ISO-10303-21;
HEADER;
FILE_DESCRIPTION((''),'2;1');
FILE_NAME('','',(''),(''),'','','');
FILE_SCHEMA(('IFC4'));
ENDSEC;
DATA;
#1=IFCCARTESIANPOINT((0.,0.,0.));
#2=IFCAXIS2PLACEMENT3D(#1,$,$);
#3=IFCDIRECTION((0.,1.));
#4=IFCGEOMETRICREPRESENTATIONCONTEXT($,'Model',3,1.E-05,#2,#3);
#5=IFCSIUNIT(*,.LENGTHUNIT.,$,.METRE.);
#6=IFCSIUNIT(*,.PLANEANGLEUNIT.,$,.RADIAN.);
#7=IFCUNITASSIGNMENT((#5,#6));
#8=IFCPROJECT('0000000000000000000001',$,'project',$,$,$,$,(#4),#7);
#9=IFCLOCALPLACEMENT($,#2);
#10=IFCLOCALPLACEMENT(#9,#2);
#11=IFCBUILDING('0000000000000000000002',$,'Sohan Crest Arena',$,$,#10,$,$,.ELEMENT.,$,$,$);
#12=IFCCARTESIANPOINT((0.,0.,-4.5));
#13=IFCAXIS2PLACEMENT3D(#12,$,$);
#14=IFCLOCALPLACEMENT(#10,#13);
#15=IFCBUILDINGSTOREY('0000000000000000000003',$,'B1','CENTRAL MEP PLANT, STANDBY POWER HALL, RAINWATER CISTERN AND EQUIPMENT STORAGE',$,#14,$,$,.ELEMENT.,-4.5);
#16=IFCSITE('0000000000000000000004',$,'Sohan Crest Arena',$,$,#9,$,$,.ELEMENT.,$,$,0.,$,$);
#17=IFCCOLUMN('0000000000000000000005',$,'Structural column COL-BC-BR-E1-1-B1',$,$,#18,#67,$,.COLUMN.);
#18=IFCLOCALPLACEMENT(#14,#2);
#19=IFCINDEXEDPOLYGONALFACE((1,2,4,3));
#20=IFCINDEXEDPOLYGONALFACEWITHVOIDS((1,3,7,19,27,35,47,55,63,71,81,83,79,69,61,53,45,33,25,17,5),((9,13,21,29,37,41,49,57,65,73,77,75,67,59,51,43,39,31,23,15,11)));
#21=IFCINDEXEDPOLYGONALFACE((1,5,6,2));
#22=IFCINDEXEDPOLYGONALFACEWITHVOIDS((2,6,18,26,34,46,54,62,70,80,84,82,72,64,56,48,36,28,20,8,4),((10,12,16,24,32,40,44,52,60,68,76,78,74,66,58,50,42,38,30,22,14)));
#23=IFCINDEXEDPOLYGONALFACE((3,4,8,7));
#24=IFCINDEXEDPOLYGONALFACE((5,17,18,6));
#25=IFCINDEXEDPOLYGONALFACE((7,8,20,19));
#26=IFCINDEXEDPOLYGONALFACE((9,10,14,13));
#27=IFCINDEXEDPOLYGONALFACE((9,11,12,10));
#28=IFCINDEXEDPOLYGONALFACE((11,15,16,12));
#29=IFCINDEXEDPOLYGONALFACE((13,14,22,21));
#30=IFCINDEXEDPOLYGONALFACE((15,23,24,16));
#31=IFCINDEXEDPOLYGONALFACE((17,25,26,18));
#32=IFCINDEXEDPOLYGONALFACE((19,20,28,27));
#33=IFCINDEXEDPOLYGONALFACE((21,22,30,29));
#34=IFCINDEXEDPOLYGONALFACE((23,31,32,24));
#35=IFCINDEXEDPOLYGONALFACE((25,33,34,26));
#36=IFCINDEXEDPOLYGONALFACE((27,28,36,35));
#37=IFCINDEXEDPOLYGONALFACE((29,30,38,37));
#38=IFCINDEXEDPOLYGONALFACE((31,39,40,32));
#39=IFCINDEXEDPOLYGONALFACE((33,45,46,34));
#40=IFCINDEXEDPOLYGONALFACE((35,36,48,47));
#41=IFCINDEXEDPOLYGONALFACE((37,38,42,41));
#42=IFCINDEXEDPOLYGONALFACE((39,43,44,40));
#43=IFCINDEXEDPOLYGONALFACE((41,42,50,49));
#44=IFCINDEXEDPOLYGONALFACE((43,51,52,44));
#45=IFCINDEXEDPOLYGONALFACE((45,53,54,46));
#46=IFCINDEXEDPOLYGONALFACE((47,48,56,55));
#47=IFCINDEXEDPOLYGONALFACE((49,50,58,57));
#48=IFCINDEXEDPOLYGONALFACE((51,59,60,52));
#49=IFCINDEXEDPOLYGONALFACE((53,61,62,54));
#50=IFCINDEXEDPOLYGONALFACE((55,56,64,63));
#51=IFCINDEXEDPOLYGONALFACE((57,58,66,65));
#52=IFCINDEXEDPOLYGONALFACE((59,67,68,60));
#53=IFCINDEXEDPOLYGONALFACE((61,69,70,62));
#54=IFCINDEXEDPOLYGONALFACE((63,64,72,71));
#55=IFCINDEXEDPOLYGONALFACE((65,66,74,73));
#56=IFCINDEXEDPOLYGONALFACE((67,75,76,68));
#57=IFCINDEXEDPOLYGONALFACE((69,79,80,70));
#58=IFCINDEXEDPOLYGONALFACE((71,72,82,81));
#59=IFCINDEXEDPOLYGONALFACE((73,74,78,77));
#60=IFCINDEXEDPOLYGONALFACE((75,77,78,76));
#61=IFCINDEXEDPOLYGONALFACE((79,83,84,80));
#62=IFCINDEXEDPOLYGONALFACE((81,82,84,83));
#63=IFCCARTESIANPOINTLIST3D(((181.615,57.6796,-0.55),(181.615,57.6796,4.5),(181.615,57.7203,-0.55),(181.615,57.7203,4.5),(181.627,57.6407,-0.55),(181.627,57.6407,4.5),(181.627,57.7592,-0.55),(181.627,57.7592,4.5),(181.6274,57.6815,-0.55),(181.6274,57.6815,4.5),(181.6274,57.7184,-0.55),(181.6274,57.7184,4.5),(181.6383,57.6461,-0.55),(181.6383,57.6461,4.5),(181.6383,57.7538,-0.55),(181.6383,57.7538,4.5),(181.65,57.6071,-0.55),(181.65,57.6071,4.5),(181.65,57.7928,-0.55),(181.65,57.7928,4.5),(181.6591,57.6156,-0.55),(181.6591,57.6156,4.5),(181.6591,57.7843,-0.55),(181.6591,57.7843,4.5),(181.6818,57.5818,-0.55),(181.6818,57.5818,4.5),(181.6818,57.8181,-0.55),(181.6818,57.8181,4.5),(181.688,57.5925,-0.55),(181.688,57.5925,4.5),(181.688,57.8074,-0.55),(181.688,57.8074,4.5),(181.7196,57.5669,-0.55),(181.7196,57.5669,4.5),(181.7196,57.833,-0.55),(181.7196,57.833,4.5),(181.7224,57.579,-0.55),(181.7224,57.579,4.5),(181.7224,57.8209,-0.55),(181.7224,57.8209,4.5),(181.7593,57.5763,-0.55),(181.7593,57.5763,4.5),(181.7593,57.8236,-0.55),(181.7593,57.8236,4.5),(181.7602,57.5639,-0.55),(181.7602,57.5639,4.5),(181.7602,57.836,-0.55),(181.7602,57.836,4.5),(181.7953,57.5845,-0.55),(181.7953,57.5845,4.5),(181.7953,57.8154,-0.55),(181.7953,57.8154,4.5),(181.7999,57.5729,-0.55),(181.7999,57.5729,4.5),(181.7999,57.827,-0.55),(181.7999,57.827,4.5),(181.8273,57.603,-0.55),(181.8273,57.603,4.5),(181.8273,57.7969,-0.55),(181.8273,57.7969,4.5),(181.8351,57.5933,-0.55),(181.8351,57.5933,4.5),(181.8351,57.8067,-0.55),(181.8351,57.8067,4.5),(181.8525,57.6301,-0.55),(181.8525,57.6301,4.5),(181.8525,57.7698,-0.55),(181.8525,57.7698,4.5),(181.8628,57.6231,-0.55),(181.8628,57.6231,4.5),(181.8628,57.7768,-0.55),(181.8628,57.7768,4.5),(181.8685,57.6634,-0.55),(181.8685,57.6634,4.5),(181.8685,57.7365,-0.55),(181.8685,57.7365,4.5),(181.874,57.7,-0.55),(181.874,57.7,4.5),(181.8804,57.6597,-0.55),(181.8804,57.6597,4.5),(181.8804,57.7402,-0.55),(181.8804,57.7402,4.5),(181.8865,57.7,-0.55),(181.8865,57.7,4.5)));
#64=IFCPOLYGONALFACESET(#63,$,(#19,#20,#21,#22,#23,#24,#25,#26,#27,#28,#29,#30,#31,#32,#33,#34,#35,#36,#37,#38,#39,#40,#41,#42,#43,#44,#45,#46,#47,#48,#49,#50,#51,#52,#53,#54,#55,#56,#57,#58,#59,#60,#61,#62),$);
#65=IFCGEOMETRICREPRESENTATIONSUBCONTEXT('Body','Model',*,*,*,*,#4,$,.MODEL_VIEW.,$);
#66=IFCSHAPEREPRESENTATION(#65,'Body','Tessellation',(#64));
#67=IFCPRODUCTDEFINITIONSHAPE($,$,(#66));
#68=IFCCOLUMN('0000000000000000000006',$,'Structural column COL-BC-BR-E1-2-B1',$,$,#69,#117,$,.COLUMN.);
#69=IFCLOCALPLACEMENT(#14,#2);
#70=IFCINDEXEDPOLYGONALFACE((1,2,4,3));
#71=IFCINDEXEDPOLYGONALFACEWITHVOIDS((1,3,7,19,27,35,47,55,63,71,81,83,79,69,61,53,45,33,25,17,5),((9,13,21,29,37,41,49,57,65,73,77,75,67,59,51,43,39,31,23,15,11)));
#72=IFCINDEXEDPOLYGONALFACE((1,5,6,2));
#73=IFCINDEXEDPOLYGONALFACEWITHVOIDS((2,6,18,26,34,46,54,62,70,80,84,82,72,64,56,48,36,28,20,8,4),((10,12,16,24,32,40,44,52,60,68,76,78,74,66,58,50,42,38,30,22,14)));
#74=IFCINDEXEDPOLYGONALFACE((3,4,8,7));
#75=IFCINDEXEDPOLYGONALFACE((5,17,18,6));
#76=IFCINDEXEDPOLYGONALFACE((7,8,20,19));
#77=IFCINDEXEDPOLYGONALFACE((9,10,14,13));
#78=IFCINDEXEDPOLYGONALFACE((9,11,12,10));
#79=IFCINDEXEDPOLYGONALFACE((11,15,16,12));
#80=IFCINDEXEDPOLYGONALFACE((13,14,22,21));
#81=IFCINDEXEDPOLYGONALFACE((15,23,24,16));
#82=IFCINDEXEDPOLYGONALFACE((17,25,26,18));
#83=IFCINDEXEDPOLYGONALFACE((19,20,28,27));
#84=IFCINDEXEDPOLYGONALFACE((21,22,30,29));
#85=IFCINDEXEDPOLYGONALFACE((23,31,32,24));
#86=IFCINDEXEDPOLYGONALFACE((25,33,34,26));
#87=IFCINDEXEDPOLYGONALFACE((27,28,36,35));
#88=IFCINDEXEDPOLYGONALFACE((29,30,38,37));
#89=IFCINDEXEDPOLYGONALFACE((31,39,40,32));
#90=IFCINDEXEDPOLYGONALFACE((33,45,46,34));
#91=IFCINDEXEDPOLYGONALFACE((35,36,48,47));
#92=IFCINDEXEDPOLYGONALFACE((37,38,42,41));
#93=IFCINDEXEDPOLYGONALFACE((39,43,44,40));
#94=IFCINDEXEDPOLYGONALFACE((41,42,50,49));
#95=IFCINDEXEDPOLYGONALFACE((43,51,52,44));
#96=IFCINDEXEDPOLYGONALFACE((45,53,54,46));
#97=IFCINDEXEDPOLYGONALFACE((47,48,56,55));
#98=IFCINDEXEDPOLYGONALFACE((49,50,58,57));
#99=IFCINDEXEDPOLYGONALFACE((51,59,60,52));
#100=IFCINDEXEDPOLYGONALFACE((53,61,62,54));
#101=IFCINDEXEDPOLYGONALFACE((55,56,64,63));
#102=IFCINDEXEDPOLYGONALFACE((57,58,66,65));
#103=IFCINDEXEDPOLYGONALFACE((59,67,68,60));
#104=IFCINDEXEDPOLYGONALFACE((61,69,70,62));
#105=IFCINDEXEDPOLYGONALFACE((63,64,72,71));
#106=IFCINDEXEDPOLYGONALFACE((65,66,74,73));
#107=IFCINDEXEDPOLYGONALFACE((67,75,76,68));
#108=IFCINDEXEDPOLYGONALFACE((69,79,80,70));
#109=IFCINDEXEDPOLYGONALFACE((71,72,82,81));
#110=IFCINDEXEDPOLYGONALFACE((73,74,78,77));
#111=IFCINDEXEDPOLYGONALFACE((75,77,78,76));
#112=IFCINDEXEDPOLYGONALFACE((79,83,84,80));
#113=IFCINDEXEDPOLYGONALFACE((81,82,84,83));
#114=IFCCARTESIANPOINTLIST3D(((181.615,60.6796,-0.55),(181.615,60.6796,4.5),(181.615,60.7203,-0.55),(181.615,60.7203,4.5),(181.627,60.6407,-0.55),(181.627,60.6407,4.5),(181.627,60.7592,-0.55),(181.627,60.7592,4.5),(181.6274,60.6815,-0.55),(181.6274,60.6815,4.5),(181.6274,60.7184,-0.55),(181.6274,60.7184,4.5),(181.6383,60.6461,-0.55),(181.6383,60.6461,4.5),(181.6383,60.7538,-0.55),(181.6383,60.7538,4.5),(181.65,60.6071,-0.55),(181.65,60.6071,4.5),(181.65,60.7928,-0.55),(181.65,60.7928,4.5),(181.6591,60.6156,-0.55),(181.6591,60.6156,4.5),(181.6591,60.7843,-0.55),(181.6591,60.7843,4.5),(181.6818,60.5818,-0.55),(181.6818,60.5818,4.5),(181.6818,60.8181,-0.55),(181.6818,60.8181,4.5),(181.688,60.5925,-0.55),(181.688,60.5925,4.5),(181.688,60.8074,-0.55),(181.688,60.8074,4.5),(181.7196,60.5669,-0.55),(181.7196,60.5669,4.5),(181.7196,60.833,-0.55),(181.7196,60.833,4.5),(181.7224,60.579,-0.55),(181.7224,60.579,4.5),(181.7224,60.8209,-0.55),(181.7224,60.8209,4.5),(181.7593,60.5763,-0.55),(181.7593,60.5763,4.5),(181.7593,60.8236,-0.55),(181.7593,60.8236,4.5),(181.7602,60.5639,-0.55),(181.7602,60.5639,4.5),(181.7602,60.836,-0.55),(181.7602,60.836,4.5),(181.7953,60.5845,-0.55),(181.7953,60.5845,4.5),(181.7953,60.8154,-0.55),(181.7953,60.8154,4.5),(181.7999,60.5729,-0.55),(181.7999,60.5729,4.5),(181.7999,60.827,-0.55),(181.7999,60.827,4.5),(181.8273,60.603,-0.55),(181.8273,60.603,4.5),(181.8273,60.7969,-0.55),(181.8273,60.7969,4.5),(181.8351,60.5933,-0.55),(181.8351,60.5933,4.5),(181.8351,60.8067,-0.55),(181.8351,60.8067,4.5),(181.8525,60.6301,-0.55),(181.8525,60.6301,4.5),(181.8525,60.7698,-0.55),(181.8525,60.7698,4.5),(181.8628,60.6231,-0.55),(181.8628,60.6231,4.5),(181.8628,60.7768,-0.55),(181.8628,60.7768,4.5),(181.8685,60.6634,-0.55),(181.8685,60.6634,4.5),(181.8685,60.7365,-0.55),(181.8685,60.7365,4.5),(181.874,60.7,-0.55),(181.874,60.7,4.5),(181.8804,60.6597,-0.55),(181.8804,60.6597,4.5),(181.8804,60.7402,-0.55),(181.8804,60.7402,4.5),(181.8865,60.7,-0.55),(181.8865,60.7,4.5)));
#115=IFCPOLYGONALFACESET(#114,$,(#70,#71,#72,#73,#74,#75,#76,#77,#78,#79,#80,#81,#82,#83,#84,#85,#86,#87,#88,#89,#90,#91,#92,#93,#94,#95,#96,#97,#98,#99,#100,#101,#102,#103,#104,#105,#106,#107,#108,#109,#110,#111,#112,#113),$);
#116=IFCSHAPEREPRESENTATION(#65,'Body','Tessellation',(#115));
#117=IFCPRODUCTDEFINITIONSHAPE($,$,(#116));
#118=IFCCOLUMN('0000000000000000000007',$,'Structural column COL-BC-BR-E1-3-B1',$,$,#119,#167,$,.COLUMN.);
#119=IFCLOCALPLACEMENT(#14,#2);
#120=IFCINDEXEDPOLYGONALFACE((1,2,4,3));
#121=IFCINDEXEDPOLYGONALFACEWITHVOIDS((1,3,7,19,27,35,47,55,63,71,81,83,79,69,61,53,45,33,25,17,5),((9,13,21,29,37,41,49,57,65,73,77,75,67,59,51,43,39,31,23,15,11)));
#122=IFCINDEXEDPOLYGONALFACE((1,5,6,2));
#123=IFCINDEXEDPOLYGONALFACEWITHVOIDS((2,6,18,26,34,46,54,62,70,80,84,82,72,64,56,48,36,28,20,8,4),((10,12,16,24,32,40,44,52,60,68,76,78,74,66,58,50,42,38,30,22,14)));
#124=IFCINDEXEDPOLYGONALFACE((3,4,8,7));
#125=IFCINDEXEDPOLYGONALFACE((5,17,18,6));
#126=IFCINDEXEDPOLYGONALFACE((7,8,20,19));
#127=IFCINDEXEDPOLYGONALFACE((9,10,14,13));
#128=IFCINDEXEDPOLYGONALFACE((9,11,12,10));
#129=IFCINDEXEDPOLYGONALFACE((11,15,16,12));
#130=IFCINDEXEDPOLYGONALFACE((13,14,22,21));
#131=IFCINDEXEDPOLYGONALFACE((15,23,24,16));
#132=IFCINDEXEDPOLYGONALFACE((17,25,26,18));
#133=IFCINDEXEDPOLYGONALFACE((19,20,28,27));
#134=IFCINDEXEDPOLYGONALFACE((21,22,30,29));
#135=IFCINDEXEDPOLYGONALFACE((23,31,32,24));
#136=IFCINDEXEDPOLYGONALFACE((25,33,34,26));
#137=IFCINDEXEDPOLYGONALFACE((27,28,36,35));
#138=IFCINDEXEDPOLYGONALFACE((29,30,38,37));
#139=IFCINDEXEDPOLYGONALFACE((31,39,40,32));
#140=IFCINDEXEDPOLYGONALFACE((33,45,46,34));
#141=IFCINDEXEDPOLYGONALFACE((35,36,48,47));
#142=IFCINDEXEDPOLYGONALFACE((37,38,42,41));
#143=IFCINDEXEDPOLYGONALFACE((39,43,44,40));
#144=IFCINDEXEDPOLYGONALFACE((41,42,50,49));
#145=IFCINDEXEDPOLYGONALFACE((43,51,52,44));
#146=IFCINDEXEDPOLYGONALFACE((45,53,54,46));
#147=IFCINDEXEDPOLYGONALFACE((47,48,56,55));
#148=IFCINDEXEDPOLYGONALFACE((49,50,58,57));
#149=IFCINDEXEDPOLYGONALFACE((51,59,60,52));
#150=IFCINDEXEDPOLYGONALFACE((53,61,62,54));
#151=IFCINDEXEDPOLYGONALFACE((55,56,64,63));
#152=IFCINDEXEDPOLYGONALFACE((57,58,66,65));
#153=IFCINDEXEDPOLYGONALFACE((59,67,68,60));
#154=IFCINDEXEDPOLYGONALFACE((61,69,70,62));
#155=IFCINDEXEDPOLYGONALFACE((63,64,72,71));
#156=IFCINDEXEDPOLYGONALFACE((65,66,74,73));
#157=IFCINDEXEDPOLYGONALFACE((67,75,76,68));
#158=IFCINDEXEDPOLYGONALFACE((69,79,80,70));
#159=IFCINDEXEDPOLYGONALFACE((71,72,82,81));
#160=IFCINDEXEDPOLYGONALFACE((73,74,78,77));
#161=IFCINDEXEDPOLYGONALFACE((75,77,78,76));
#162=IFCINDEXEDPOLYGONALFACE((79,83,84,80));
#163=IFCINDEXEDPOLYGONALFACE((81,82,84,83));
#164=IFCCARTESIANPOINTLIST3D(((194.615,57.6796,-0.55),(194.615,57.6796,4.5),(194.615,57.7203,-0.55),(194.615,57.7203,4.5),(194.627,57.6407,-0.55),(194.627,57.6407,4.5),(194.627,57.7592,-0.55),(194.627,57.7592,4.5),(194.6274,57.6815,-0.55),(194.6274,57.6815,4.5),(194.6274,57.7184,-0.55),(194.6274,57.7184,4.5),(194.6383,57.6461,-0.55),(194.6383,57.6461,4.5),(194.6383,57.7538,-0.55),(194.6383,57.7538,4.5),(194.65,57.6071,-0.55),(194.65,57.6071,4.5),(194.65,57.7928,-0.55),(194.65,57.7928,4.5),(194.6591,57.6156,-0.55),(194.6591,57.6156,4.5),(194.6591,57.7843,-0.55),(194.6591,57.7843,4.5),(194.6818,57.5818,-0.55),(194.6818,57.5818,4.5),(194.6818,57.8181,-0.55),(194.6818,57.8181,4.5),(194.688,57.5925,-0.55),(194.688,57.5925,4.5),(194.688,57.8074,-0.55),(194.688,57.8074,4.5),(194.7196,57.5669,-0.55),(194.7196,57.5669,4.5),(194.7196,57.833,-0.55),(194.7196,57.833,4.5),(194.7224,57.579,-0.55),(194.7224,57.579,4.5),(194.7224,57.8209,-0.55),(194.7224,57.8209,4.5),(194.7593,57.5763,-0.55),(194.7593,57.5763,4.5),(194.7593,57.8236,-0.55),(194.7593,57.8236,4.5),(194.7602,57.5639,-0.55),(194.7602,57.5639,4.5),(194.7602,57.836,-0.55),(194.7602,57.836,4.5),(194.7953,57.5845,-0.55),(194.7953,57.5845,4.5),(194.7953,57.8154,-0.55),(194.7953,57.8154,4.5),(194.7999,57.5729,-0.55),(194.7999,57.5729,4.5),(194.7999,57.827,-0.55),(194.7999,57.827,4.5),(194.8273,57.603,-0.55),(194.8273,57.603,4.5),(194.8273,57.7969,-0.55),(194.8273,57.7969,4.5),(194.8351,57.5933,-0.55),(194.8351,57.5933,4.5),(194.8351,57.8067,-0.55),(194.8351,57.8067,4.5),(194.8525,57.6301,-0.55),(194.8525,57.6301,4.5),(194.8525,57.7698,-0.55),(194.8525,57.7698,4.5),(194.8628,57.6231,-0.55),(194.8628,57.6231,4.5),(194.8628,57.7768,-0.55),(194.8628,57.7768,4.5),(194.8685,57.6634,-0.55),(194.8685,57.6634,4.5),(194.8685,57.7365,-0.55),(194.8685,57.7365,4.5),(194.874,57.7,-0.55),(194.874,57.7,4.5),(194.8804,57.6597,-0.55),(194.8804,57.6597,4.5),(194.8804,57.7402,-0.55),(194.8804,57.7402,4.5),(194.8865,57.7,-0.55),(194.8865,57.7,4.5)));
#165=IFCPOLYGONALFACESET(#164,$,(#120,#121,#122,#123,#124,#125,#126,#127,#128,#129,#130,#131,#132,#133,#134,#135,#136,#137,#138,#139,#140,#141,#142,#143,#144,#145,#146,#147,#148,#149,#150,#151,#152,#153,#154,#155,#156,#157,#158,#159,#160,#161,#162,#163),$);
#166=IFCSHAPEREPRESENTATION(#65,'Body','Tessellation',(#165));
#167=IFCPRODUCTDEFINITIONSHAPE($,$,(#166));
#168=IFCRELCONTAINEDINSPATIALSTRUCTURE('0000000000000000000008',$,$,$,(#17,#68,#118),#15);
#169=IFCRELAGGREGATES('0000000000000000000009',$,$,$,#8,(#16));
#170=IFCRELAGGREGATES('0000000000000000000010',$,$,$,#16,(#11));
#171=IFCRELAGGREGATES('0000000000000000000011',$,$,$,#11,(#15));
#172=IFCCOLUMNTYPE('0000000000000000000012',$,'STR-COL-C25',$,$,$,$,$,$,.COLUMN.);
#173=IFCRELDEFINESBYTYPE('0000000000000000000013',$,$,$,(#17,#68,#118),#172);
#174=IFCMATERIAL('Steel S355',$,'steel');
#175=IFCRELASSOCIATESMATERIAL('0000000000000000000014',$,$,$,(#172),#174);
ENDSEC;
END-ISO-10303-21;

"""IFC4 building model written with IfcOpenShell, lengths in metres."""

from ifc_helpers import new_model, si_unit, direction, frame, origin, origin_2d, place, context, subcontext, project, spatial, hollow_circle, extrude, material, material_profile, profile_set, type_object, element, save


model = new_model("IFC4")

# Units and contexts
model_context = context("Model", 3, precision=1e-05, world=origin(), true_north=direction((0.0, 1.0)))
body_context = subcontext(model_context, "Body", "Model", "MODEL_VIEW")
ifc_project = project(units=[si_unit("LENGTHUNIT", "METRE"), si_unit("PLANEANGLEUNIT", "RADIAN")], contexts=[model_context])

# Site, building, storey
site_placement = place(None, origin())
site = spatial("IfcSite", under=ifc_project, at=site_placement, Name="Sohan Crest Arena", CompositionType="ELEMENT", RefElevation=0.0)
building_placement = place(site_placement, origin())
building = spatial("IfcBuilding", under=site, at=building_placement, Name="Sohan Crest Arena", CompositionType="ELEMENT")
storey_placement = place(building_placement, frame((0.0, 0.0, -4.5)))
storey = spatial("IfcBuildingStorey", under=building, at=storey_placement, Name="B1", Description="CENTRAL MEP PLANT, STANDBY POWER HALL, RAINWATER CISTERN AND EQUIPMENT STORAGE", CompositionType="ELEMENT", Elevation=-4.5)

# Columns
ifc_material_1 = material(Name="Steel S355", Category="steel")
ifc_material_profile_1 = material_profile(ifc_material_1, hollow_circle(Radius=0.1365, WallThickness=0.0125, at=origin_2d()), Name="CHS 273x12.5")
ifc_profile_set_1 = profile_set([ifc_material_profile_1], Name="Steel S355")
column_type_1 = type_object("IfcColumnType", Name="STR-COL-C25", PredefinedType="COLUMN", material=ifc_profile_set_1)
for number, where, z_axis, x_axis, name in (
    (1, (181.75, 57.7, -0.55), (0.0, 0.0, 1.0), (1.0, 0.0, 0.0), "Structural column COL-BC-BR-E1-1-B1"),
    (2, (181.75, 60.7, -0.55), (0.0, 0.0, 1.0), (1.0, 0.0, 0.0), "Structural column COL-BC-BR-E1-2-B1"),
    (3, (194.75, 57.7, -0.55), (0.0, 0.0, 1.0), (1.0, 0.0, 0.0), "Structural column COL-BC-BR-E1-3-B1"),
):
    element("IfcColumn", number, at=place(storey_placement, frame(where, z_axis=z_axis, x_axis=x_axis)), inside=storey, type_object=column_type_1, Name=name, PredefinedType="COLUMN", context=body_context, shape_type="SweptSolid", body=[
        extrude(hollow_circle(Radius=0.1365, WallThickness=0.0125, at=origin_2d()), origin(), (0.0, 0.0, 1.0), 5.05),
    ])

save(model, "model.ifc")
